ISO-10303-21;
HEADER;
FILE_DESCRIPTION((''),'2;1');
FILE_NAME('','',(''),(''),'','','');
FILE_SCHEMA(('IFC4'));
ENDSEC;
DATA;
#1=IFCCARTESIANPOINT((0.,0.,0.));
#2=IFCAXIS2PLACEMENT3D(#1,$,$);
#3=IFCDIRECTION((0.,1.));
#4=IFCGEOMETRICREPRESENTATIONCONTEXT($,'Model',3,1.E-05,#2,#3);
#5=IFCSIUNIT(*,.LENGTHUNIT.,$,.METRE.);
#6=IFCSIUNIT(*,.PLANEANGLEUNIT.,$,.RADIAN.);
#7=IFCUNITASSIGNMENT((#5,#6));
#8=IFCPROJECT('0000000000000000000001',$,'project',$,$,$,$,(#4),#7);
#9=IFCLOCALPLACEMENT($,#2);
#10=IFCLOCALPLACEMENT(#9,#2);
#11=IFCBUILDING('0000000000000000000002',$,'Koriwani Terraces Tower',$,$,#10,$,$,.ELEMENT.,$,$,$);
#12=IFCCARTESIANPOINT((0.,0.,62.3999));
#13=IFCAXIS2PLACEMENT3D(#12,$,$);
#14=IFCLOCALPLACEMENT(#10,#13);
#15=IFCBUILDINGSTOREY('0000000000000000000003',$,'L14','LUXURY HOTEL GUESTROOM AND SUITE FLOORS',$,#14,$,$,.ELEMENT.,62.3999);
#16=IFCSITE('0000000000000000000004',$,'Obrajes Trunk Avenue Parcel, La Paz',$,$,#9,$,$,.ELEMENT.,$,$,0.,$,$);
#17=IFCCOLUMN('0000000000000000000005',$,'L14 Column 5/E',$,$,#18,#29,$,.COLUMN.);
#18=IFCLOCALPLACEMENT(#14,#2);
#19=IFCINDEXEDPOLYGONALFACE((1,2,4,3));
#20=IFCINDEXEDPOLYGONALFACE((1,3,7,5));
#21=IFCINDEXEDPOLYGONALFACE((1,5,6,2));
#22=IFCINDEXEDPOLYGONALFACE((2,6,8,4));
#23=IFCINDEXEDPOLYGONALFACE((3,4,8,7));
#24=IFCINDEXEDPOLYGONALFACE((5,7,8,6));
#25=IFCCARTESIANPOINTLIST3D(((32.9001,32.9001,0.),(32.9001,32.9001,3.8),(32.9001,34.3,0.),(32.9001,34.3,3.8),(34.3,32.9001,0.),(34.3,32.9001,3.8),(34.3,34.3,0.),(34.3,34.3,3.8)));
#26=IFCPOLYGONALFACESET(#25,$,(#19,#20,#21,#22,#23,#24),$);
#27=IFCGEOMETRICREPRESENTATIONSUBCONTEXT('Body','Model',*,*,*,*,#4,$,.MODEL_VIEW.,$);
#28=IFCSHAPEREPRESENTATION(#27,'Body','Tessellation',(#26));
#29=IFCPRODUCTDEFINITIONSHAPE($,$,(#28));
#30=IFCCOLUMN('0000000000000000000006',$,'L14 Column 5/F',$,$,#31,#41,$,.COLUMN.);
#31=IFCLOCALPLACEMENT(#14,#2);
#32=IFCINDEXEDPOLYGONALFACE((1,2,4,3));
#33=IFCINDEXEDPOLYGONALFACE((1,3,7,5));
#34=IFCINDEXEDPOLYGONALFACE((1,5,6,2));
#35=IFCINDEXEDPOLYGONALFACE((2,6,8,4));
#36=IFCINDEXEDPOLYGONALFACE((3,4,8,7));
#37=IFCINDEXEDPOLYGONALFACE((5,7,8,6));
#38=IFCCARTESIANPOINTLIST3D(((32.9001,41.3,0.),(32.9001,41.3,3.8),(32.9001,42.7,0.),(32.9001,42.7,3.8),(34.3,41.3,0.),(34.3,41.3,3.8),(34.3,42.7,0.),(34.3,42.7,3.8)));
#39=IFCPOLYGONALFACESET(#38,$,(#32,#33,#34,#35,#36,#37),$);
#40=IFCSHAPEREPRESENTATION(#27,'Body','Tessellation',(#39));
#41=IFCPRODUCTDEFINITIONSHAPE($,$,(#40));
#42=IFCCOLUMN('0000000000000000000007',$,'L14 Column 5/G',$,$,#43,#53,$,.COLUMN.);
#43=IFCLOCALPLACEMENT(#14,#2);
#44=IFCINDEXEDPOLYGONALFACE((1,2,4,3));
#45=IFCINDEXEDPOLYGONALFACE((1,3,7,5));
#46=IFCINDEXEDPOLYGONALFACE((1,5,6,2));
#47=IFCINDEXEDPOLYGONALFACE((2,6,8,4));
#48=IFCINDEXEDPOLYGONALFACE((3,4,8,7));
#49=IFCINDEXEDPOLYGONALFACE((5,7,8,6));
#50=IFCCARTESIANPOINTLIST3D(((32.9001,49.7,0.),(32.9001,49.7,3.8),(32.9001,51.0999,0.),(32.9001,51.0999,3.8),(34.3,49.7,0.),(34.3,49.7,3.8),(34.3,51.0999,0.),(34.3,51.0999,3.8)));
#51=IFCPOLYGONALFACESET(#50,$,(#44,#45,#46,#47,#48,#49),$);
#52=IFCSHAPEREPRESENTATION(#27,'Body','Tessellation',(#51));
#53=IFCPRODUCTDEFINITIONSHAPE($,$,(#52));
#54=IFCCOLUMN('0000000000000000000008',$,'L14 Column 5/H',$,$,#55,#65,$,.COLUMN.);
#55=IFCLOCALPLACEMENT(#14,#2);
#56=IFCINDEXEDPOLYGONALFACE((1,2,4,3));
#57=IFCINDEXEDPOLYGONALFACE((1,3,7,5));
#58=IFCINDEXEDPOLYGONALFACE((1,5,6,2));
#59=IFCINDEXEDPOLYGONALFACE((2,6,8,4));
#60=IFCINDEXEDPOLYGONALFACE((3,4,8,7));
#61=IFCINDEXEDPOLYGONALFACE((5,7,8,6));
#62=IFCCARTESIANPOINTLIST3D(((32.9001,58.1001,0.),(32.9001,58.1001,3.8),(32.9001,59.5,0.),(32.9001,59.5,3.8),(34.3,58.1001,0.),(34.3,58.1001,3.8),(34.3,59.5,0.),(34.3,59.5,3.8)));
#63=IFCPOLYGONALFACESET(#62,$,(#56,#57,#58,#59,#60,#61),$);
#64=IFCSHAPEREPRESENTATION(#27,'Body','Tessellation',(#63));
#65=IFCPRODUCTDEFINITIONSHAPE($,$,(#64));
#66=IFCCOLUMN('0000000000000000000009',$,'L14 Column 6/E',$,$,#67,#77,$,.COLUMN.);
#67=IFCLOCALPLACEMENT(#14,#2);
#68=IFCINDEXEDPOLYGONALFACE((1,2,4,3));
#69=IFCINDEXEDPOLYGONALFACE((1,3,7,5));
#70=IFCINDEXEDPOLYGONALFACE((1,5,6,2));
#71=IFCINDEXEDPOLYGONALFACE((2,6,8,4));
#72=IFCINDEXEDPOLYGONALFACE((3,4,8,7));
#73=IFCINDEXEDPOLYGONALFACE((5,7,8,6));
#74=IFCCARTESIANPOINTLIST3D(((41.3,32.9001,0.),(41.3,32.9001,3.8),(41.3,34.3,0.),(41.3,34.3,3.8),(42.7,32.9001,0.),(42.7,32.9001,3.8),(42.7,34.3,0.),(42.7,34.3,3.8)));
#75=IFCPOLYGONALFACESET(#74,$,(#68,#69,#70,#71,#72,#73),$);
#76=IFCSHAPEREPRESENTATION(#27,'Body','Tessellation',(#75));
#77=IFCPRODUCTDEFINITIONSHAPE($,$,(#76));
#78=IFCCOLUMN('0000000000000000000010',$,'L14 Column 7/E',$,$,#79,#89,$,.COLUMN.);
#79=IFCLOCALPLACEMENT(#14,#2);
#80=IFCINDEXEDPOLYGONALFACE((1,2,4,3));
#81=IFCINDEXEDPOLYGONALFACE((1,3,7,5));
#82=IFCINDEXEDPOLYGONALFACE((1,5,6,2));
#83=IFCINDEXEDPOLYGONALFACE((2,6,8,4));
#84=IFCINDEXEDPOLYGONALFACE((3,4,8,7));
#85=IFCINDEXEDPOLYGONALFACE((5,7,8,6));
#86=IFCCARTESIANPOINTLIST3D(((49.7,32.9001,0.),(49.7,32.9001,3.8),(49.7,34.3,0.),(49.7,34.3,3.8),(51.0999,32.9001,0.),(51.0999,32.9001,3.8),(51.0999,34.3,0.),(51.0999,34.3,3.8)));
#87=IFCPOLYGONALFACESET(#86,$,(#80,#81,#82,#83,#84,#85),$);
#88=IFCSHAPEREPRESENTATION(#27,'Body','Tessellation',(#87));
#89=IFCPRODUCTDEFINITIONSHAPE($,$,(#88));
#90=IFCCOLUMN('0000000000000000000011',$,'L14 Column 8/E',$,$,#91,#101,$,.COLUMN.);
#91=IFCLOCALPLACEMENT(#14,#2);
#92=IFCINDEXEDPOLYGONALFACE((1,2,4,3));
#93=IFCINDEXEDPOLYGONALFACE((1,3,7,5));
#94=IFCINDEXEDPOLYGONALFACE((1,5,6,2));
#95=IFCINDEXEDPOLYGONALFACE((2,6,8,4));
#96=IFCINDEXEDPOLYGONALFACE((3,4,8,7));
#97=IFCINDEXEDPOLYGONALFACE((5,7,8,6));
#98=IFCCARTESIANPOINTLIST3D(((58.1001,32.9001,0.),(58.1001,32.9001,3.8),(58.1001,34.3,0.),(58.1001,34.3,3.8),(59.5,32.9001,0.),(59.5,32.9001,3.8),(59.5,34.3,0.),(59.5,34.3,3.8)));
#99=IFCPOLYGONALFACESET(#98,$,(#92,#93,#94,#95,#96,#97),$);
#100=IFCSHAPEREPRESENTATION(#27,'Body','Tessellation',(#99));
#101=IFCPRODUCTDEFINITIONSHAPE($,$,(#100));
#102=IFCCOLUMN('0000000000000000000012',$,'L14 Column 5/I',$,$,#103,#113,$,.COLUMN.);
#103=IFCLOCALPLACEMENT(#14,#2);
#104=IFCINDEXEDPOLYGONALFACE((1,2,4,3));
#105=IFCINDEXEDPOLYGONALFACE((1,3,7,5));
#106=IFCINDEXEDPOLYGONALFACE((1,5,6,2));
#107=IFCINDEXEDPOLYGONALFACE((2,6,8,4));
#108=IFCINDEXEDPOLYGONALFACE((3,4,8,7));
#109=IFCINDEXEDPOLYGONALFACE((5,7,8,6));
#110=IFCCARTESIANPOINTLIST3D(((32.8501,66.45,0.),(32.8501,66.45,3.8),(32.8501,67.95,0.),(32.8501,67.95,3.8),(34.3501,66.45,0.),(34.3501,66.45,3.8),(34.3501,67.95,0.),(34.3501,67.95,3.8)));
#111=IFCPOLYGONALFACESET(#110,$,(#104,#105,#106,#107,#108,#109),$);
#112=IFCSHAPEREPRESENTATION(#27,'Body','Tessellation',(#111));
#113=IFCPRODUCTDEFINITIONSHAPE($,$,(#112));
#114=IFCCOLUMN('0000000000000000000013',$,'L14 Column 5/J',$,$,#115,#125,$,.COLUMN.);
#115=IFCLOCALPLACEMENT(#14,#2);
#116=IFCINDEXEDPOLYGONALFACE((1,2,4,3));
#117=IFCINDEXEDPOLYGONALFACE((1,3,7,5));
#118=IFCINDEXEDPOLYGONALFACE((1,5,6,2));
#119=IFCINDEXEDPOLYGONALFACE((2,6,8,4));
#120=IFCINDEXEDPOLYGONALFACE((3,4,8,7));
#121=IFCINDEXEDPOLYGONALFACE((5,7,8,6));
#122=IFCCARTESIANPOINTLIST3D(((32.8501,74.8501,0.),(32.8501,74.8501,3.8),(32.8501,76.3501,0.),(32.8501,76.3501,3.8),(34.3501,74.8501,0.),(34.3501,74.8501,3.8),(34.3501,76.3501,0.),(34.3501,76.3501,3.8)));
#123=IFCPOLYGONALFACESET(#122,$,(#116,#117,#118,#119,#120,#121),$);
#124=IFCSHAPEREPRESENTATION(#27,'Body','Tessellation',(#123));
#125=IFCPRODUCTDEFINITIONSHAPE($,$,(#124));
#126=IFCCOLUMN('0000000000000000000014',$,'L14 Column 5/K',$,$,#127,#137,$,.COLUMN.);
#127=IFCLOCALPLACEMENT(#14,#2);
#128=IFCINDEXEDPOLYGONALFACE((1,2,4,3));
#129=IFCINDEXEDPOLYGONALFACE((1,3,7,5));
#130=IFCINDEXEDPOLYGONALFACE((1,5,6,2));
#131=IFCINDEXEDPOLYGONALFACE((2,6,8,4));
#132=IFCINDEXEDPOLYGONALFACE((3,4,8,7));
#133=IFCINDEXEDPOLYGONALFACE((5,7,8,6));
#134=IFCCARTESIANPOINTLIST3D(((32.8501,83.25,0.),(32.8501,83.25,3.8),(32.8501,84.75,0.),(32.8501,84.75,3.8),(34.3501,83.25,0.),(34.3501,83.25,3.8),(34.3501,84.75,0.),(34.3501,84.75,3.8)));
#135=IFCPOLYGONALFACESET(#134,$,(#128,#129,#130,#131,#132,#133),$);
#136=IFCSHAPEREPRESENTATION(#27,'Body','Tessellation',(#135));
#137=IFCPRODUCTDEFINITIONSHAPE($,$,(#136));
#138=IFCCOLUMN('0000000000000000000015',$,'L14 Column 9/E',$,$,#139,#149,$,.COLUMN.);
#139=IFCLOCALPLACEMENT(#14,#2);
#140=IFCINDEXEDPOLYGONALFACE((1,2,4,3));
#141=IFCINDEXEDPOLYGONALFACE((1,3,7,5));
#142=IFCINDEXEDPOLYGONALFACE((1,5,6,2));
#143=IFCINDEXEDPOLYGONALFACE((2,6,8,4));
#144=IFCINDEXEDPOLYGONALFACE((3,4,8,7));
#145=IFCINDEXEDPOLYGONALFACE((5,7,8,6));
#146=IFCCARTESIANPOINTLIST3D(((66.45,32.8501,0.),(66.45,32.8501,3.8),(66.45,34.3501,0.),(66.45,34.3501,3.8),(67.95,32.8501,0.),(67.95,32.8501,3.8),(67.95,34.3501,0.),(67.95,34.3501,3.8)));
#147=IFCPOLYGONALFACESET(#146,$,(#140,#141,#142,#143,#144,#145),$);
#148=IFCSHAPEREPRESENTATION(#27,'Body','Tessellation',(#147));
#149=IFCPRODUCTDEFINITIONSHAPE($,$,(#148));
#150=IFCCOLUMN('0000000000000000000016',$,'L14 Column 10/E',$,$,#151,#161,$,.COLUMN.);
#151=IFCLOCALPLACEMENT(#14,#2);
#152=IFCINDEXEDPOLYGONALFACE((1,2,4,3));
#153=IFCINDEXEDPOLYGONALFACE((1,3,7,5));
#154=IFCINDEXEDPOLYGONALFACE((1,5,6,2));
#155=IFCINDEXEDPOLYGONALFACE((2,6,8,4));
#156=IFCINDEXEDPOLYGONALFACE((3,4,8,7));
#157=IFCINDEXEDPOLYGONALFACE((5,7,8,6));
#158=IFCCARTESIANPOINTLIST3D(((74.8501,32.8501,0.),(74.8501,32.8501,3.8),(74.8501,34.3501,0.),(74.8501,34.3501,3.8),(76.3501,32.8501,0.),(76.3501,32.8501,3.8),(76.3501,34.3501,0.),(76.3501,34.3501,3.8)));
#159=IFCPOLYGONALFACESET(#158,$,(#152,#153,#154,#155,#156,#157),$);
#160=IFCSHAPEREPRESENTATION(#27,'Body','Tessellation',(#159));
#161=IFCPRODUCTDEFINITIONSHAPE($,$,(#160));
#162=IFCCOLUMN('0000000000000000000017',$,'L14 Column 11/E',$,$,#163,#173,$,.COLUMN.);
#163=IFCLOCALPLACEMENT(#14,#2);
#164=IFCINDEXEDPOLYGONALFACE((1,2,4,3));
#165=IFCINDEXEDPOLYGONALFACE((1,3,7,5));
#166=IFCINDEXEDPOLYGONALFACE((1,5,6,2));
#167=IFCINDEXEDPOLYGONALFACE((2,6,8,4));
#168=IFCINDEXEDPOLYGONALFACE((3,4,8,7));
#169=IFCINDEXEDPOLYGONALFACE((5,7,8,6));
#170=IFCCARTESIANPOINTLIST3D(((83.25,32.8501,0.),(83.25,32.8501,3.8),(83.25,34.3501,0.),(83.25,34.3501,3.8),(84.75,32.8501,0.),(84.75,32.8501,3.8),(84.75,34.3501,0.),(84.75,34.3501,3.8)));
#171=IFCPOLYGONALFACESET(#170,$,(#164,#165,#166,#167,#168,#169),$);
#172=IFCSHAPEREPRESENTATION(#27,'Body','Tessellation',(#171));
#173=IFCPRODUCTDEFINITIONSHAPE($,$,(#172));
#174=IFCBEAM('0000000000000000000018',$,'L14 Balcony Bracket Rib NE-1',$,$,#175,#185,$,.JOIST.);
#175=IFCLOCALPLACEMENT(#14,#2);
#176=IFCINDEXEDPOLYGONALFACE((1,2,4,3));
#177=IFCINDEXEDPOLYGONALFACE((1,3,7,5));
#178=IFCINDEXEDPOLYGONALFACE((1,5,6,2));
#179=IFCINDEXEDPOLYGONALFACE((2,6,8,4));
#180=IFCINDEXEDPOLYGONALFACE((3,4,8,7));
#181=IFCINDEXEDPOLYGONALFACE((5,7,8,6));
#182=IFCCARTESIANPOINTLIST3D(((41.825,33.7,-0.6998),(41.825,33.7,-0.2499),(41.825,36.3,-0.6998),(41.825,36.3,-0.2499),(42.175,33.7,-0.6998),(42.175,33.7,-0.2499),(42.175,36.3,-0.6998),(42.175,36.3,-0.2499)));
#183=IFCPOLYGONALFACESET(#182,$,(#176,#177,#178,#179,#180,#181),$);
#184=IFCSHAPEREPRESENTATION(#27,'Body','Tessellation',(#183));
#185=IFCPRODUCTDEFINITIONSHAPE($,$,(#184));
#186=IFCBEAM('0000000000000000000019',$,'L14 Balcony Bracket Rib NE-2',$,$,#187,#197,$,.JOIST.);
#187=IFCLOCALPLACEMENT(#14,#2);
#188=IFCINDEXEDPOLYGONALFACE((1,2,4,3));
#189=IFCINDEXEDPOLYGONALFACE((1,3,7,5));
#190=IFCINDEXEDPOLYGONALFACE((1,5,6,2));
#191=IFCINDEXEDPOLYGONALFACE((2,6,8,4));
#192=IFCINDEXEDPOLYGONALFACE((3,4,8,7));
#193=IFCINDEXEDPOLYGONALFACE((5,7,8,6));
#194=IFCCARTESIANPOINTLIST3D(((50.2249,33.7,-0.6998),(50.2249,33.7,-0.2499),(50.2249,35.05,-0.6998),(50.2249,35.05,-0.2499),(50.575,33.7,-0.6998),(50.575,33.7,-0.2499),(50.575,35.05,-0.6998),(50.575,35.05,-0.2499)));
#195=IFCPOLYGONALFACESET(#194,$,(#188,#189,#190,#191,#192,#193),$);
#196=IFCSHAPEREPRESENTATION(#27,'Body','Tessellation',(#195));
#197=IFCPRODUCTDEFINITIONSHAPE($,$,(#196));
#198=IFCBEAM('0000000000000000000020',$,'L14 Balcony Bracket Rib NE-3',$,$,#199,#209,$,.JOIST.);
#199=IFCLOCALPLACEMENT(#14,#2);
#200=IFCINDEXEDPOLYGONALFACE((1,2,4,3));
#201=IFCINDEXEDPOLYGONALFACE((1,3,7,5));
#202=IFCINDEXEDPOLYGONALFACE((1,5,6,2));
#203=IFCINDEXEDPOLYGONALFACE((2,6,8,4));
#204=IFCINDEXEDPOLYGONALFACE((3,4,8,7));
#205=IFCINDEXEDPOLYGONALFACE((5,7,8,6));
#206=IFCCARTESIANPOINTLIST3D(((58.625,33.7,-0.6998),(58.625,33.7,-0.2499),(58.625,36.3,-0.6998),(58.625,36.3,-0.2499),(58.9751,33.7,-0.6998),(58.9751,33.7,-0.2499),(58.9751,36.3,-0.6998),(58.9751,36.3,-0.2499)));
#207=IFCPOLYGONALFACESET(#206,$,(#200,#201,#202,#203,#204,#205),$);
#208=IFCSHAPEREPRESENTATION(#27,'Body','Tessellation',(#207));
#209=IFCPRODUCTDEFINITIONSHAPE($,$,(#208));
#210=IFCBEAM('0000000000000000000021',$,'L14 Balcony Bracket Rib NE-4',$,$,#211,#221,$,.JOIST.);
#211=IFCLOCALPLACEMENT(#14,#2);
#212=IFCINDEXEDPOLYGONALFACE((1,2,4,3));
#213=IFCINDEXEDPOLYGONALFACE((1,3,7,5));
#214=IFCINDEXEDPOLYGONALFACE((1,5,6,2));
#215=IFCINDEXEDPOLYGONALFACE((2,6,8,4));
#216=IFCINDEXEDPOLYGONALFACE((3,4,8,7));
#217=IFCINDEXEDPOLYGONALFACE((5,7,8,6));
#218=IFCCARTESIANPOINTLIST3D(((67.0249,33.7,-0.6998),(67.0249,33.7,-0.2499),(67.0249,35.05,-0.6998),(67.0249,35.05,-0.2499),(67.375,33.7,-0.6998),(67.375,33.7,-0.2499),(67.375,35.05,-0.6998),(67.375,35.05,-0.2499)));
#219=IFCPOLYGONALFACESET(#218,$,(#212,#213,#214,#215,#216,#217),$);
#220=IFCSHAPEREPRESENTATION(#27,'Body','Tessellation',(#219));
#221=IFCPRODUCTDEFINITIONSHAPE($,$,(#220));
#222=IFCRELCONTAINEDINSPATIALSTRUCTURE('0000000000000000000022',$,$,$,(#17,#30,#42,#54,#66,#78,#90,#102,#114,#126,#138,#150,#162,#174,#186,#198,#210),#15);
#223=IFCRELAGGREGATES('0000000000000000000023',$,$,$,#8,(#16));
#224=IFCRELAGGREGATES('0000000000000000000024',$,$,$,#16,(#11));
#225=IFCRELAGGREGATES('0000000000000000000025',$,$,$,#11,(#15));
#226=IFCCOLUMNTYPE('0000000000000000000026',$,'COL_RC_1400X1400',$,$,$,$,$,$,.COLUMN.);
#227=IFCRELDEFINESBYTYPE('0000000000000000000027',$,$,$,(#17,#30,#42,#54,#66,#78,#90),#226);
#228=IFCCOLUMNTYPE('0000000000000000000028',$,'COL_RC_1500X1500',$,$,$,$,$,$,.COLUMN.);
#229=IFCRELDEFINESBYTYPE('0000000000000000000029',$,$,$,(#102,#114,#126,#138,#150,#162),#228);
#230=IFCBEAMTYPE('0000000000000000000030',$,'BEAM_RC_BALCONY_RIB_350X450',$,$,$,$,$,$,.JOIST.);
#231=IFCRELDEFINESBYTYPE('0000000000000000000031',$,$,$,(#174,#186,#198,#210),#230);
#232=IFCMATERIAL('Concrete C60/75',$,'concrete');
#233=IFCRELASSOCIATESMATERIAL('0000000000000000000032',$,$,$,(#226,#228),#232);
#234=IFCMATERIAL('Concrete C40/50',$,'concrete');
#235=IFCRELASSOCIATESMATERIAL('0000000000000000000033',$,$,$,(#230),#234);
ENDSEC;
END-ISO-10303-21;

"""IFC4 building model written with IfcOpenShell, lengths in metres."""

from ifc_helpers import new_model, si_unit, direction, frame, origin, origin_2d, place, context, subcontext, project, spatial, rectangle, extrude, material, material_profile, profile_set, type_object, element, save


model = new_model("IFC4")

# Units and contexts
model_context = context("Model", 3, precision=1e-05, world=origin(), true_north=direction((0.0, 1.0)))
body_context = subcontext(model_context, "Body", "Model", "MODEL_VIEW")
ifc_project = project(units=[si_unit("LENGTHUNIT", "METRE"), si_unit("PLANEANGLEUNIT", "RADIAN")], contexts=[model_context])

# Site, building, storey
site_placement = place(None, origin())
site = spatial("IfcSite", under=ifc_project, at=site_placement, Name="Obrajes Trunk Avenue Parcel, La Paz", CompositionType="ELEMENT", RefElevation=0.0)
building_placement = place(site_placement, origin())
building = spatial("IfcBuilding", under=site, at=building_placement, Name="Koriwani Terraces Tower", CompositionType="ELEMENT")
storey_placement = place(building_placement, frame((0.0, 0.0, 62.3999)))
storey = spatial("IfcBuildingStorey", under=building, at=storey_placement, Name="L14", Description="LUXURY HOTEL GUESTROOM AND SUITE FLOORS", CompositionType="ELEMENT", Elevation=62.3999)

# Columns
ifc_material_1 = material(Name="Concrete C60/75", Category="concrete")
ifc_material_profile_1 = material_profile(ifc_material_1, rectangle(XDim=1.3999, YDim=1.3999, at=origin_2d()), Name="Concrete C60/75", Category="LoadBearing")
ifc_profile_set_1 = profile_set([ifc_material_profile_1], Name="Concrete C60/75")
column_type_1 = type_object("IfcColumnType", Name="COL_RC_1400X1400", PredefinedType="COLUMN", material=ifc_profile_set_1)
for number, where, z_axis, x_axis, name in (
    (1, (33.6001, 33.6001, 0.0), (0.0, 0.0, 1.0), (1.0, 0.0, 0.0), "L14 Column 5/E"),
    (2, (33.6001, 42.0, 0.0), (0.0, 0.0, 1.0), (1.0, 0.0, 0.0), "L14 Column 5/F"),
    (3, (33.6001, 50.3999, 0.0), (0.0, 0.0, 1.0), (1.0, 0.0, 0.0), "L14 Column 5/G"),
    (4, (33.6001, 58.8, 0.0), (0.0, 0.0, 1.0), (1.0, 0.0, 0.0), "L14 Column 5/H"),
    (5, (42.0, 33.6001, 0.0), (0.0, 0.0, 1.0), (1.0, 0.0, 0.0), "L14 Column 6/E"),
    (6, (50.3999, 33.6001, 0.0), (0.0, 0.0, 1.0), (1.0, 0.0, 0.0), "L14 Column 7/E"),
    (7, (58.8, 33.6001, 0.0), (0.0, 0.0, 1.0), (1.0, 0.0, 0.0), "L14 Column 8/E"),
):
    element("IfcColumn", number, at=place(storey_placement, frame(where, z_axis=z_axis, x_axis=x_axis)), inside=storey, type_object=column_type_1, Name=name, PredefinedType="COLUMN", context=body_context, shape_type="SweptSolid", body=[
        extrude(rectangle(XDim=1.3999, YDim=1.3999, at=origin_2d()), origin(), (0.0, 0.0, 1.0), 3.8),
    ])
ifc_material_profile_2 = material_profile(ifc_material_1, rectangle(XDim=1.5, YDim=1.5, at=origin_2d()), Name="Concrete C60/75", Category="LoadBearing")
ifc_profile_set_2 = profile_set([ifc_material_profile_2], Name="Concrete C60/75")
column_type_2 = type_object("IfcColumnType", Name="COL_RC_1500X1500", PredefinedType="COLUMN", material=ifc_profile_set_2)
for number, where, z_axis, x_axis, name in (
    (8, (33.6001, 67.2, 0.0), (0.0, 0.0, 1.0), (1.0, 0.0, 0.0), "L14 Column 5/I"),
    (9, (33.6001, 75.6001, 0.0), (0.0, 0.0, 1.0), (1.0, 0.0, 0.0), "L14 Column 5/J"),
    (10, (33.6001, 84.0, 0.0), (0.0, 0.0, 1.0), (1.0, 0.0, 0.0), "L14 Column 5/K"),
    (11, (67.2, 33.6001, 0.0), (0.0, 0.0, 1.0), (1.0, 0.0, 0.0), "L14 Column 9/E"),
    (12, (75.6001, 33.6001, 0.0), (0.0, 0.0, 1.0), (1.0, 0.0, 0.0), "L14 Column 10/E"),
    (13, (84.0, 33.6001, 0.0), (0.0, 0.0, 1.0), (1.0, 0.0, 0.0), "L14 Column 11/E"),
):
    element("IfcColumn", number, at=place(storey_placement, frame(where, z_axis=z_axis, x_axis=x_axis)), inside=storey, type_object=column_type_2, Name=name, PredefinedType="COLUMN", context=body_context, shape_type="SweptSolid", body=[
        extrude(rectangle(XDim=1.5, YDim=1.5, at=origin_2d()), origin(), (0.0, 0.0, 1.0), 3.8),
    ])

# Beams
ifc_material_2 = material(Name="Concrete C40/50", Category="concrete")
ifc_material_profile_3 = material_profile(ifc_material_2, rectangle(XDim=0.3501, YDim=0.45, at=origin_2d()), Name="Concrete C40/50", Category="LoadBearing")
ifc_profile_set_3 = profile_set([ifc_material_profile_3], Name="Concrete C40/50")
beam_type = type_object("IfcBeamType", Name="BEAM_RC_BALCONY_RIB_350X450", PredefinedType="JOIST", material=ifc_profile_set_3)
beam_1_placement = place(storey_placement, frame((42.0, 33.7, -0.4749), z_axis=(0.0, 1.0, 0.0), x_axis=(-1.0, 0.0, 0.0)))
element("IfcBeam", 14, at=beam_1_placement, inside=storey, type_object=beam_type, Name="L14 Balcony Bracket Rib NE-1", PredefinedType="JOIST", context=body_context, shape_type="SweptSolid", body=[
    extrude(rectangle(XDim=0.3501, YDim=0.45, at=origin_2d()), origin(), (0.0, 0.0, 1.0), 2.6001),
])
beam_2_placement = place(storey_placement, frame((50.3999, 33.7, -0.4749), z_axis=(0.0, 1.0, 0.0), x_axis=(-1.0, 0.0, 0.0)))
element("IfcBeam", 15, at=beam_2_placement, inside=storey, type_object=beam_type, Name="L14 Balcony Bracket Rib NE-2", PredefinedType="JOIST", context=body_context, shape_type="SweptSolid", body=[
    extrude(rectangle(XDim=0.3501, YDim=0.45, at=origin_2d()), origin(), (0.0, 0.0, 1.0), 1.3501),
])
beam_3_placement = place(storey_placement, frame((58.8, 33.7, -0.4749), z_axis=(0.0, 1.0, 0.0), x_axis=(-1.0, 0.0, 0.0)))
element("IfcBeam", 16, at=beam_3_placement, inside=storey, type_object=beam_type, Name="L14 Balcony Bracket Rib NE-3", PredefinedType="JOIST", context=body_context, shape_type="SweptSolid", body=[
    extrude(rectangle(XDim=0.3501, YDim=0.45, at=origin_2d()), origin(), (0.0, 0.0, 1.0), 2.6001),
])
beam_4_placement = place(storey_placement, frame((67.2, 33.7, -0.4749), z_axis=(0.0, 1.0, 0.0), x_axis=(-1.0, 0.0, 0.0)))
element("IfcBeam", 17, at=beam_4_placement, inside=storey, type_object=beam_type, Name="L14 Balcony Bracket Rib NE-4", PredefinedType="JOIST", context=body_context, shape_type="SweptSolid", body=[
    extrude(rectangle(XDim=0.3501, YDim=0.45, at=origin_2d()), origin(), (0.0, 0.0, 1.0), 1.3501),
])

save(model, "model.ifc")
